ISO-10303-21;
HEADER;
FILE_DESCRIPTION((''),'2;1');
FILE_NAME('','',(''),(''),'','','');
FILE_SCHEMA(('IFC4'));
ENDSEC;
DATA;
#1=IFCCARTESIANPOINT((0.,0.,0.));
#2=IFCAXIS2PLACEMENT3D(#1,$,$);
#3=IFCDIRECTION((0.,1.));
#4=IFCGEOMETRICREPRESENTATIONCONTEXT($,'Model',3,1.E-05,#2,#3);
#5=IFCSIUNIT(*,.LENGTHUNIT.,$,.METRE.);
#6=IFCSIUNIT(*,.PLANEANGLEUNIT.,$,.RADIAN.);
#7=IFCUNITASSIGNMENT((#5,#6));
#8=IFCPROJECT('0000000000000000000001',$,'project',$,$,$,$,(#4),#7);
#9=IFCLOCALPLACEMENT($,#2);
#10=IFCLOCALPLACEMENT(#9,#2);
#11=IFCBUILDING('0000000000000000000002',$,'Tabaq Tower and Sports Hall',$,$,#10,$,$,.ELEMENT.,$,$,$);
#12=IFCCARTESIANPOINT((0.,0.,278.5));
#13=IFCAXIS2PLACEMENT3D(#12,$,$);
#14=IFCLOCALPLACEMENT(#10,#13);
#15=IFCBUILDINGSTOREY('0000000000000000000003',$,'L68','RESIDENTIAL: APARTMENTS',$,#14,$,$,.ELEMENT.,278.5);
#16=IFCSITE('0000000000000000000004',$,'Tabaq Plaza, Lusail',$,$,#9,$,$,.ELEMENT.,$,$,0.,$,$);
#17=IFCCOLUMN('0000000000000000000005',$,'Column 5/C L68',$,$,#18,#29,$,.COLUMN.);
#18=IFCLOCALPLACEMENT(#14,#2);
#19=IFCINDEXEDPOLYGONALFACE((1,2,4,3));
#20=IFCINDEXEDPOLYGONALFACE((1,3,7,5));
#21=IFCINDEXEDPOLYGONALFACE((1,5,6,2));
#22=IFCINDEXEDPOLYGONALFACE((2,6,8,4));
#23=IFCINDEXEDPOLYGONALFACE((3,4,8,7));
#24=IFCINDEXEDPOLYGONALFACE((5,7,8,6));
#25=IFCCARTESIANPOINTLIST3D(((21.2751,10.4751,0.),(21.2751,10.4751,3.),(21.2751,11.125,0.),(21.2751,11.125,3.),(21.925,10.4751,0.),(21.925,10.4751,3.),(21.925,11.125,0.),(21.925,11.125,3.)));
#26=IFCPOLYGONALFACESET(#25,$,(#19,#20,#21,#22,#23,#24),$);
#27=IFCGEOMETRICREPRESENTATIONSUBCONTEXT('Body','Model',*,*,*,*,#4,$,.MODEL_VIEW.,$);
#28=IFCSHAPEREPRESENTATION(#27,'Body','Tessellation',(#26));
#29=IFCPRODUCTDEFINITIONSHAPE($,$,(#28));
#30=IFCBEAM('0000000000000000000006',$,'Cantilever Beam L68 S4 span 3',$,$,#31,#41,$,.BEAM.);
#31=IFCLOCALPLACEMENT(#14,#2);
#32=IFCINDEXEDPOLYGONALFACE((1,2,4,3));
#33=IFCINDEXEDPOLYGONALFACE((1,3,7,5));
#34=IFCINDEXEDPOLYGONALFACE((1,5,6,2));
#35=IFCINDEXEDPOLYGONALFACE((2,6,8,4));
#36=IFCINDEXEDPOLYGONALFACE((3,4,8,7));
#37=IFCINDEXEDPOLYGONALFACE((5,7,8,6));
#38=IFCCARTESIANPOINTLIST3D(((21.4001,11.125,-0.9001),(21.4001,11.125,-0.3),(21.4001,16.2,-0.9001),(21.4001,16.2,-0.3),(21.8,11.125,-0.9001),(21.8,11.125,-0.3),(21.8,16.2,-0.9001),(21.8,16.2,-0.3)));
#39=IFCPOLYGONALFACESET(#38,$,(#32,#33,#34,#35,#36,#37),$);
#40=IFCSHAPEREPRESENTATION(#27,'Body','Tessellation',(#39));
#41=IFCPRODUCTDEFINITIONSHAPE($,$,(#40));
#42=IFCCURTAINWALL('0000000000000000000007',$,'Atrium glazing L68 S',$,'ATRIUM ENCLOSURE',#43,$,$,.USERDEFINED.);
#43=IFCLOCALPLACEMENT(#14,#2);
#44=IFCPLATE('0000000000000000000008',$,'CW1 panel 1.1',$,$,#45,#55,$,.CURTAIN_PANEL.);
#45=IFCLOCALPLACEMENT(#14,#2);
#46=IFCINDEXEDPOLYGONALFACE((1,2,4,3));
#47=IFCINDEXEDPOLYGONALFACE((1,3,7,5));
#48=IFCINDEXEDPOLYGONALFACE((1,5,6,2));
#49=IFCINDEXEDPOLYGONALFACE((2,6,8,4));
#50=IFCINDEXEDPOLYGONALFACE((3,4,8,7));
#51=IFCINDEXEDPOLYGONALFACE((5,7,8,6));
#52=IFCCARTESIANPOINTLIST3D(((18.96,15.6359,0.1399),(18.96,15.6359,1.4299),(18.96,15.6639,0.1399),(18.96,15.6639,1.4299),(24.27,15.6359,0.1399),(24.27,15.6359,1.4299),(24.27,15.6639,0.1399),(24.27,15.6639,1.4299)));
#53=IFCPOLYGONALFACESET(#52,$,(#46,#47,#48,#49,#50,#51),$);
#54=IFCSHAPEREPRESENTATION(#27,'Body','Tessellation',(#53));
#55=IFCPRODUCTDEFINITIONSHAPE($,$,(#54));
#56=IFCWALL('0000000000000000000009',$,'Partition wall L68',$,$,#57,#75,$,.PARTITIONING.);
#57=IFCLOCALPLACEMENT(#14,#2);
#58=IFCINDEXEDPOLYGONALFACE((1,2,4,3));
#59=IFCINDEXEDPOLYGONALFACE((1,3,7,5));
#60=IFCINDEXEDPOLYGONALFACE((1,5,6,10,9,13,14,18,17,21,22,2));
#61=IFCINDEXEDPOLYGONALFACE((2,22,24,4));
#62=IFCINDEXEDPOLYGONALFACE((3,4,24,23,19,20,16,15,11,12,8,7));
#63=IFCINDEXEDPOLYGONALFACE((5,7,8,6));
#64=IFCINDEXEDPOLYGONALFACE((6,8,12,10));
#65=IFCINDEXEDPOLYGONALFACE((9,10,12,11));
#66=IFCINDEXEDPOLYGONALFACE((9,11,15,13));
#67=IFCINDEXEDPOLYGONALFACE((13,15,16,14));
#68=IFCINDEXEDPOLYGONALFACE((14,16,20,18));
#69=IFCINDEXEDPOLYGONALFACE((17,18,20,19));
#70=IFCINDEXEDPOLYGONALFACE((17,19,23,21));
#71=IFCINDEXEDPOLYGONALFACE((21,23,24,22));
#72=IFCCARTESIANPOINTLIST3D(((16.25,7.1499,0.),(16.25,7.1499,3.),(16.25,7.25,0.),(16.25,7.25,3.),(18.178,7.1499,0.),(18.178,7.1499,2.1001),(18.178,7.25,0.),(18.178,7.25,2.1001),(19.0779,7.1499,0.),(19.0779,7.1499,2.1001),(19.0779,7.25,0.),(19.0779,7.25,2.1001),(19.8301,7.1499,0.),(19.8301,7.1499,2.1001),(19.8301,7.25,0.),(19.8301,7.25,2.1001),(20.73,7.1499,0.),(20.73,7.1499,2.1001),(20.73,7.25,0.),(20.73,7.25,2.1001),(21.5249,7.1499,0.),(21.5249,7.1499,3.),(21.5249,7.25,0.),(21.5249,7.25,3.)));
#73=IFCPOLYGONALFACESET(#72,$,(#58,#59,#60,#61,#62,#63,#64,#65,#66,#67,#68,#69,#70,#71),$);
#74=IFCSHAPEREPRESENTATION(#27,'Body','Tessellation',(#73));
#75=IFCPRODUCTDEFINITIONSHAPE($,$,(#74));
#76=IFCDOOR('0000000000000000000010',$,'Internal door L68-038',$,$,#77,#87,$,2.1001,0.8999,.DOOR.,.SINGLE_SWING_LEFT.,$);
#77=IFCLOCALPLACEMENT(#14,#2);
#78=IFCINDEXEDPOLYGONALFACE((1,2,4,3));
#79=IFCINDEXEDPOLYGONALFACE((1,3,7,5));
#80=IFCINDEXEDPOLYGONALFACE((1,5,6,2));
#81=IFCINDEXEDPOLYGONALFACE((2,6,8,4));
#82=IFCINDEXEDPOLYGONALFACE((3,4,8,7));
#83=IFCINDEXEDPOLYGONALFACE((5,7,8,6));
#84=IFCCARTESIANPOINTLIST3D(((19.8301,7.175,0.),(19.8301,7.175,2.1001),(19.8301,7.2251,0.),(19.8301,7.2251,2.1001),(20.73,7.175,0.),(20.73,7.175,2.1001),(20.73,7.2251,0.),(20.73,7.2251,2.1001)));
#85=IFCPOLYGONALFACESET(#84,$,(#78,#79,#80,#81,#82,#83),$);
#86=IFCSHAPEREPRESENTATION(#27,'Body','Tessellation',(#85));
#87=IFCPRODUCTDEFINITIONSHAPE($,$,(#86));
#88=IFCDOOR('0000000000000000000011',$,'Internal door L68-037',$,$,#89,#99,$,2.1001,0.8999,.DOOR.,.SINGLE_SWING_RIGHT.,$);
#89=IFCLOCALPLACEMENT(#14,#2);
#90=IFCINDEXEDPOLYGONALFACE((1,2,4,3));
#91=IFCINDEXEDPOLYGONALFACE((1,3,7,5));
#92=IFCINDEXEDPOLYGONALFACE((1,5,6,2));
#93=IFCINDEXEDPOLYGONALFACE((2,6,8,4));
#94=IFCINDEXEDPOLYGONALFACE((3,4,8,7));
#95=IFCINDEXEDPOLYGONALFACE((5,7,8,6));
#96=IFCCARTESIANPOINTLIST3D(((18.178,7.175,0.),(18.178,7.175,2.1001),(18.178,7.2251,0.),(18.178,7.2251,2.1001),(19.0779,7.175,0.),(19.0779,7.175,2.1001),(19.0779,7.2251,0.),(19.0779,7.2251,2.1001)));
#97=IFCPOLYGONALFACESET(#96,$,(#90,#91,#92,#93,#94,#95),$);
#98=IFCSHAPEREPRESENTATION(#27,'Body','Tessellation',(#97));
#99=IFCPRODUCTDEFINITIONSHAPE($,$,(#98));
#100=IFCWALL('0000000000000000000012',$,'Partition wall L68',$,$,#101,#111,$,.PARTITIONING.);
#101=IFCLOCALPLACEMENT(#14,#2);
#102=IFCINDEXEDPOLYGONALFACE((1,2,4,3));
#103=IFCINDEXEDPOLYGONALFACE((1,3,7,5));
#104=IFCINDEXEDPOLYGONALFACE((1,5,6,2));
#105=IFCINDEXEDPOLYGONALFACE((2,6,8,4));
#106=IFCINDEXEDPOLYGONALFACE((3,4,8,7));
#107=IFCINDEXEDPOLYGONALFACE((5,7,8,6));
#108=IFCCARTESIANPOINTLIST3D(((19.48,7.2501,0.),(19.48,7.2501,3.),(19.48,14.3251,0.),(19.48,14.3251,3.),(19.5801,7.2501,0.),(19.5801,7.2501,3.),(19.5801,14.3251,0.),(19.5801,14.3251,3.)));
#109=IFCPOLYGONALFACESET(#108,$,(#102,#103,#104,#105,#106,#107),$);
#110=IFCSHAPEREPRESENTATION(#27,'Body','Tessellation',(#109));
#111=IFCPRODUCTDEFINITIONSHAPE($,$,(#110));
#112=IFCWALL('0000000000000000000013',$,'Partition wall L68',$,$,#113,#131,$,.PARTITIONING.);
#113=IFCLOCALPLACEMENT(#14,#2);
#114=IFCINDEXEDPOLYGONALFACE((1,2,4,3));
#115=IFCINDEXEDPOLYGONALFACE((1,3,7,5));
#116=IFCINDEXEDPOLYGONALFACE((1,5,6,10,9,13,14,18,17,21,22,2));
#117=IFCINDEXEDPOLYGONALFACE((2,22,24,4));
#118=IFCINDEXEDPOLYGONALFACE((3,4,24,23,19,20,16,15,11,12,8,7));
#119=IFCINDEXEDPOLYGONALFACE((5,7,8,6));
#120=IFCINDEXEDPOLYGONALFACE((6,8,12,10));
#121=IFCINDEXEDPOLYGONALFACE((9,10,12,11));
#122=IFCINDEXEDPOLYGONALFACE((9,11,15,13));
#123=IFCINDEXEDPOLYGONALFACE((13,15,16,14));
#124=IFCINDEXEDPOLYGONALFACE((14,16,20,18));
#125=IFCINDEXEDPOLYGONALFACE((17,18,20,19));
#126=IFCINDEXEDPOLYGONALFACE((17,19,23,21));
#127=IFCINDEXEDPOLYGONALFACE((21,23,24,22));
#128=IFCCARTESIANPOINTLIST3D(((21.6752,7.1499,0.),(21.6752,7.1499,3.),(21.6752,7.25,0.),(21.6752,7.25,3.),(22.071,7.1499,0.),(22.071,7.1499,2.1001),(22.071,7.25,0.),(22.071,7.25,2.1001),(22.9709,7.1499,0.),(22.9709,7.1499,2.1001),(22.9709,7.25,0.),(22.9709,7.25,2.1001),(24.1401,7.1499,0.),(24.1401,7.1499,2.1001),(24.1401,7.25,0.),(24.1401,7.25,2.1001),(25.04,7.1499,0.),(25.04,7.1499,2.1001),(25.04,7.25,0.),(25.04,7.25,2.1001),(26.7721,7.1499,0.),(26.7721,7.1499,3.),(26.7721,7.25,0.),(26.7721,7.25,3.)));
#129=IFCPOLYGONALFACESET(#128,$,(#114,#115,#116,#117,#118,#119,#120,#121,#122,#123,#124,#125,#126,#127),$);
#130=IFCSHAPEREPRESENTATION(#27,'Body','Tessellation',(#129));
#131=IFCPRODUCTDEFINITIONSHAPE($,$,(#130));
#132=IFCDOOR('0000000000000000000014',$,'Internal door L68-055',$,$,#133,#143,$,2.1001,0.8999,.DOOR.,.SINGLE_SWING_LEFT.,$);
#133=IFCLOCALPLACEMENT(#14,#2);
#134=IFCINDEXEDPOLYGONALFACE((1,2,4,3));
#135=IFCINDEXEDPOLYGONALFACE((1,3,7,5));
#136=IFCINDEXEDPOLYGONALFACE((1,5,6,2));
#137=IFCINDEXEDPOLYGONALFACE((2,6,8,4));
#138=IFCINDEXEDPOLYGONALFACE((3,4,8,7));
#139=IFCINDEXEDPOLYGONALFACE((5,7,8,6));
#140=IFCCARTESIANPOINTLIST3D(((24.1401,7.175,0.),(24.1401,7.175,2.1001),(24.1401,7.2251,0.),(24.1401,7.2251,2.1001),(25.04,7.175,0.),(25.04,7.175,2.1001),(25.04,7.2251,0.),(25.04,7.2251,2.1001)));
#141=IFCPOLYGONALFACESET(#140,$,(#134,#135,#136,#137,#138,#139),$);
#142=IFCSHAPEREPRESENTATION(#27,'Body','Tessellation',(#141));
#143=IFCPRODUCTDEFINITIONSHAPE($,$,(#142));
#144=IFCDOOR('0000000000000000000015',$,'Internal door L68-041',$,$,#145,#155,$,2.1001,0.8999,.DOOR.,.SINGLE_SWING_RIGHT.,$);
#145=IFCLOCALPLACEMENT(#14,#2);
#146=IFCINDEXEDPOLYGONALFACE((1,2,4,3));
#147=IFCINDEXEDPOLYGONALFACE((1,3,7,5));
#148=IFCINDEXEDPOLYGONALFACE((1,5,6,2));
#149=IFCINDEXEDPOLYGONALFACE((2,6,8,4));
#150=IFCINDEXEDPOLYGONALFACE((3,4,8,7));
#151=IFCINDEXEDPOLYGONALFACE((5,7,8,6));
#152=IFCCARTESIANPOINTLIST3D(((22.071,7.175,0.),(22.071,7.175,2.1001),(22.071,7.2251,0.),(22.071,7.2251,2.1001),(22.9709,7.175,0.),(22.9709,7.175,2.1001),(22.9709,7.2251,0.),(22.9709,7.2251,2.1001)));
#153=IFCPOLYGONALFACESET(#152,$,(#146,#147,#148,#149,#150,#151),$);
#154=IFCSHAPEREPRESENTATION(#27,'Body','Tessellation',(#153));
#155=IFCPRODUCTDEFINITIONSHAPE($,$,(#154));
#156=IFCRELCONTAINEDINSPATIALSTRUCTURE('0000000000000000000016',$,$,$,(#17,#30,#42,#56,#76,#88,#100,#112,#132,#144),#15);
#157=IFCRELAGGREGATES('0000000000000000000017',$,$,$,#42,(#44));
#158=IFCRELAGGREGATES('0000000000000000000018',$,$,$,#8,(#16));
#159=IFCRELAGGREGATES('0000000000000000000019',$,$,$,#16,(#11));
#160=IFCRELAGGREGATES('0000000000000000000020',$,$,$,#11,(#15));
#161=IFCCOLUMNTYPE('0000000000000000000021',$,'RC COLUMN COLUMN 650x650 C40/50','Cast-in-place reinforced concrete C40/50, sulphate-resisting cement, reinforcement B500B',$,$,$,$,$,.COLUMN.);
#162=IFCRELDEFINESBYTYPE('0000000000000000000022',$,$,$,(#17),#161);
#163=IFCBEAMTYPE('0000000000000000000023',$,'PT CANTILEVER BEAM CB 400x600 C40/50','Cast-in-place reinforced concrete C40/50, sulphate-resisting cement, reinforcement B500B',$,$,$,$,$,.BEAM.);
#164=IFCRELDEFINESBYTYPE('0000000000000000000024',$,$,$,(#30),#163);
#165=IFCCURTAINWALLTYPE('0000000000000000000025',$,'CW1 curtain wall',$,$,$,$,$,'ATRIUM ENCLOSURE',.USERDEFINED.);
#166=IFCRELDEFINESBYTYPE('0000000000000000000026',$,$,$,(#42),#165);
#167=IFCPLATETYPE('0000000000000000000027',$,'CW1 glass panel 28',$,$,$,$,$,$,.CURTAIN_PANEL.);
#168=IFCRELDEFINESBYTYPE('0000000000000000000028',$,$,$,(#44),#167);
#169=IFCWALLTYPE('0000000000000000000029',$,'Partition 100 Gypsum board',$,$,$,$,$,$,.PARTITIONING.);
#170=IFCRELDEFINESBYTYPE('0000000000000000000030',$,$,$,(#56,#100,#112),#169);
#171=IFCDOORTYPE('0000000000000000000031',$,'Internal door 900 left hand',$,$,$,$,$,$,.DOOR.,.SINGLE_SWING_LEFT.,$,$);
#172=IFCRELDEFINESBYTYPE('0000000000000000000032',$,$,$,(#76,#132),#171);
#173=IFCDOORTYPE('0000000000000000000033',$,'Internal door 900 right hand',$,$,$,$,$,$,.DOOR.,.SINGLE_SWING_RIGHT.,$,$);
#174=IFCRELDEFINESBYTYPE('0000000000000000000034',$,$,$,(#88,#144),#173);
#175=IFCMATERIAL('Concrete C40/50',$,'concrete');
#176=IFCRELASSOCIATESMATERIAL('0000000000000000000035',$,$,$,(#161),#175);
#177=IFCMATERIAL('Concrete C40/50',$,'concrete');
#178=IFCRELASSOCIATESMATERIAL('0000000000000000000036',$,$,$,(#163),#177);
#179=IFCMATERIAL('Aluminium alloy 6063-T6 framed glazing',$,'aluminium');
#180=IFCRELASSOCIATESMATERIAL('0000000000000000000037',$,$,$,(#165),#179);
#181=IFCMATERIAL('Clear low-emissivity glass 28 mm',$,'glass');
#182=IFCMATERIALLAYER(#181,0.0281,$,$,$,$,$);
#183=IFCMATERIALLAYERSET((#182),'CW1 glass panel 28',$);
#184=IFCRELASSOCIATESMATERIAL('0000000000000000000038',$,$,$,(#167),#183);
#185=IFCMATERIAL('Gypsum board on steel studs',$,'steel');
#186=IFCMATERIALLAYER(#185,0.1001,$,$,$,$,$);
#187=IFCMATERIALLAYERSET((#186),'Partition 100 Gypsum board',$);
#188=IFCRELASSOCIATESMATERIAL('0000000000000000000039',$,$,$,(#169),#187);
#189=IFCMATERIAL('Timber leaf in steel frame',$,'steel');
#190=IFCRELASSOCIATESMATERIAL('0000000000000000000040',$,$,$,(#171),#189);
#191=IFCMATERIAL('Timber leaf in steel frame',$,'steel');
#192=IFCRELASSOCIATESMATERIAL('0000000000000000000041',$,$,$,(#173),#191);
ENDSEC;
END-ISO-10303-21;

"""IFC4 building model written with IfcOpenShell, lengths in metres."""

from ifc_helpers import new_model, si_unit, direction, frame, frame_2d, origin, origin_2d, place, context, subcontext, project, spatial, rectangle, extrude, material, layer, layer_set, material_profile, profile_set, type_object, element, fill, aggregate, save


model = new_model("IFC4")

# Units and contexts
model_context = context("Model", 3, precision=1e-05, world=origin(), true_north=direction((0.0, 1.0)))
body_context = subcontext(model_context, "Body", "Model", "MODEL_VIEW")
ifc_project = project(units=[si_unit("LENGTHUNIT", "METRE"), si_unit("PLANEANGLEUNIT", "RADIAN")], contexts=[model_context])

# Site, building, storey
site_placement = place(None, origin())
site = spatial("IfcSite", under=ifc_project, at=site_placement, Name="Tabaq Plaza, Lusail", CompositionType="ELEMENT", RefElevation=0.0)
building_placement = place(site_placement, origin())
building = spatial("IfcBuilding", under=site, at=building_placement, Name="Tabaq Tower and Sports Hall", CompositionType="ELEMENT")
storey_placement = place(building_placement, frame((0.0, 0.0, 278.5)))
storey = spatial("IfcBuildingStorey", under=building, at=storey_placement, Name="L68", Description="RESIDENTIAL: APARTMENTS", CompositionType="ELEMENT", Elevation=278.5)

# Column
ifc_material_1 = material(Name="Concrete C40/50", Category="concrete")
ifc_material_profile_1 = material_profile(ifc_material_1, rectangle(XDim=0.6499, YDim=0.6499, at=origin_2d()), Name="COLUMN 650x650")
ifc_profile_set_1 = profile_set([ifc_material_profile_1], Name="Concrete C40/50")
column_type = type_object("IfcColumnType", Name="RC COLUMN COLUMN 650x650 C40/50", Description="Cast-in-place reinforced concrete C40/50, sulphate-resisting cement, reinforcement B500B", PredefinedType="COLUMN", material=ifc_profile_set_1)
column_placement = place(storey_placement, frame((21.6001, 10.8, 0.0), z_axis=(0.0, 0.0, 1.0), x_axis=(1.0, 0.0, 0.0)))
element("IfcColumn", 1, at=column_placement, inside=storey, type_object=column_type, Name="Column 5/C L68", PredefinedType="COLUMN", context=body_context, shape_type="SweptSolid", body=[
    extrude(rectangle(XDim=0.6499, YDim=0.6499, at=origin_2d()), origin(), (0.0, 0.0, 1.0), 3.0),
])

# Beam
ifc_material_2 = material(Name="Concrete C40/50", Category="concrete")
ifc_material_profile_2 = material_profile(ifc_material_2, rectangle(XDim=0.3999, YDim=0.6001, at=origin_2d()), Name="CB 400x600")
ifc_profile_set_2 = profile_set([ifc_material_profile_2], Name="Concrete C40/50")
beam_type = type_object("IfcBeamType", Name="PT CANTILEVER BEAM CB 400x600 C40/50", Description="Cast-in-place reinforced concrete C40/50, sulphate-resisting cement, reinforcement B500B", PredefinedType="BEAM", material=ifc_profile_set_2)
beam_placement = place(storey_placement, frame((21.6001, 11.125, -0.6001), z_axis=(0.0, 1.0, 0.0), x_axis=(-1.0, 0.0, 0.0)))
element("IfcBeam", 2, at=beam_placement, inside=storey, type_object=beam_type, Name="Cantilever Beam L68 S4 span 3", PredefinedType="BEAM", context=body_context, shape_type="SweptSolid", body=[
    extrude(rectangle(XDim=0.3999, YDim=0.6001, at=origin_2d()), origin(), (0.0, 0.0, 1.0), 5.075),
])

# Curtain wall, plate
ifc_material_3 = material(Name="Aluminium alloy 6063-T6 framed glazing", Category="aluminium")
curtain_wall_type = type_object("IfcCurtainWallType", Name="CW1 curtain wall", ElementType="ATRIUM ENCLOSURE", PredefinedType="USERDEFINED", material=ifc_material_3)
curtain_wall_placement = place(storey_placement, origin())
curtain_wall = element("IfcCurtainWall", 3, at=curtain_wall_placement, inside=storey, type_object=curtain_wall_type, Name="Atrium glazing L68 S", ObjectType="ATRIUM ENCLOSURE", PredefinedType="USERDEFINED")
ifc_material_4 = material(Name="Clear low-emissivity glass 28 mm", Category="glass")
ifc_layer_1 = layer(ifc_material_4, 0.0281)
ifc_layer_set_1 = layer_set([ifc_layer_1], Name="CW1 glass panel 28")
plate_type = type_object("IfcPlateType", Name="CW1 glass panel 28", PredefinedType="CURTAIN_PANEL", material=ifc_layer_set_1)
plate_placement = place(storey_placement, frame((21.615, 15.6499, 0.1399), z_axis=(0.0, 0.0, 1.0), x_axis=(1.0, 0.0, 0.0)))
plate = element("IfcPlate", 4, at=plate_placement, type_object=plate_type, Name="CW1 panel 1.1", PredefinedType="CURTAIN_PANEL", context=body_context, shape_type="SweptSolid", body=[
    extrude(rectangle(XDim=5.3101, YDim=0.0281, at=origin_2d()), origin(), (0.0, 0.0, 1.0), 1.29),
])
aggregate(curtain_wall, [plate])

# Wall, openings, doors
ifc_material_5 = material(Name="Gypsum board on steel studs", Category="steel")
ifc_layer_2 = layer(ifc_material_5, 0.1001)
ifc_layer_set_2 = layer_set([ifc_layer_2], Name="Partition 100 Gypsum board")
wall_type_1 = type_object("IfcWallType", Name="Partition 100 Gypsum board", PredefinedType="PARTITIONING", material=ifc_layer_set_2)
wall_1_placement = place(storey_placement, frame((21.5249, 7.2, 0.0), z_axis=(0.0, 0.0, 1.0), x_axis=(-1.0, 0.0, 0.0)))
wall_1 = element("IfcWall", 5, at=wall_1_placement, inside=storey, type_object=wall_type_1, Name="Partition wall L68", PredefinedType="PARTITIONING", context=body_context, shape_type="SweptSolid", body=[
    extrude(rectangle(XDim=5.2749, YDim=0.1001, at=frame_2d((2.6375, 0.0))), origin(), (0.0, 0.0, 1.0), 3.0),
])
opening_1_placement = place(wall_1_placement, frame((2.447, 0.0, 0.0)))
opening_1 = element("IfcOpeningElement", 6, at=opening_1_placement, cuts=wall_1, PredefinedType="OPENING", context=body_context, shape_type="SweptSolid", body=[
    extrude(rectangle(XDim=0.8999, YDim=2.1001, at=frame_2d((0.45, 1.05))), frame((0.0, 0.05, 0.0), z_axis=(0.0, -1.0, 0.0), x_axis=(1.0, 0.0, 0.0)), (0.0, 0.0, 1.0), 0.1001),
])
opening_2_placement = place(wall_1_placement, frame((0.7949, 0.0, 0.0)))
opening_2 = element("IfcOpeningElement", 7, at=opening_2_placement, cuts=wall_1, PredefinedType="OPENING", context=body_context, shape_type="SweptSolid", body=[
    extrude(rectangle(XDim=0.8999, YDim=2.1001, at=frame_2d((0.45, 1.05))), frame((0.0, 0.05, 0.0), z_axis=(0.0, -1.0, 0.0), x_axis=(1.0, 0.0, 0.0)), (0.0, 0.0, 1.0), 0.1001),
])
ifc_material_6 = material(Name="Timber leaf in steel frame", Category="steel")
door_type_1 = type_object("IfcDoorType", Name="Internal door 900 left hand", OperationType="SINGLE_SWING_LEFT", PredefinedType="DOOR", material=ifc_material_6)
door_1_placement = place(opening_2_placement, origin())
door_1 = element("IfcDoor", 8, at=door_1_placement, inside=storey, type_object=door_type_1, Name="Internal door L68-038", OperationType="SINGLE_SWING_LEFT", OverallHeight=2.1001, OverallWidth=0.8999, PredefinedType="DOOR", context=body_context, shape_type="SweptSolid", body=[
    extrude(rectangle(XDim=0.8999, YDim=2.1001, at=frame_2d((0.45, 1.05))), frame((0.0, 0.0249, 0.0), z_axis=(0.0, -1.0, 0.0), x_axis=(1.0, 0.0, 0.0)), (0.0, 0.0, 1.0), 0.05),
])
fill(opening_2, door_1)
ifc_material_7 = material(Name="Timber leaf in steel frame", Category="steel")
door_type_2 = type_object("IfcDoorType", Name="Internal door 900 right hand", OperationType="SINGLE_SWING_RIGHT", PredefinedType="DOOR", material=ifc_material_7)
door_2_placement = place(opening_1_placement, origin())
door_2 = element("IfcDoor", 9, at=door_2_placement, inside=storey, type_object=door_type_2, Name="Internal door L68-037", OperationType="SINGLE_SWING_RIGHT", OverallHeight=2.1001, OverallWidth=0.8999, PredefinedType="DOOR", context=body_context, shape_type="SweptSolid", body=[
    extrude(rectangle(XDim=0.8999, YDim=2.1001, at=frame_2d((0.45, 1.05))), frame((0.0, 0.0249, 0.0), z_axis=(0.0, -1.0, 0.0), x_axis=(1.0, 0.0, 0.0)), (0.0, 0.0, 1.0), 0.05),
])
fill(opening_1, door_2)

# Wall
wall_2_placement = place(storey_placement, frame((19.53, 7.25, 0.0), z_axis=(0.0, 0.0, 1.0), x_axis=(0.0, 1.0, 0.0)))
element("IfcWall", 10, at=wall_2_placement, inside=storey, type_object=wall_type_1, Name="Partition wall L68", PredefinedType="PARTITIONING", context=body_context, shape_type="SweptSolid", body=[
    extrude(rectangle(XDim=7.075, YDim=0.1001, at=frame_2d((3.5376, 0.0))), origin(), (0.0, 0.0, 1.0), 3.0),
])

# Wall, openings, doors
wall_3_placement = place(storey_placement, frame((26.772, 7.2, 0.0), z_axis=(0.0, 0.0, 1.0), x_axis=(-1.0, 0.0, 0.0)))
wall_3 = element("IfcWall", 11, at=wall_3_placement, inside=storey, type_object=wall_type_1, Name="Partition wall L68", PredefinedType="PARTITIONING", context=body_context, shape_type="SweptSolid", body=[
    extrude(rectangle(XDim=5.0969, YDim=0.1001, at=frame_2d((2.5483, 0.0))), origin(), (0.0, 0.0, 1.0), 3.0),
])
opening_3_placement = place(wall_3_placement, frame((3.801, 0.0, 0.0)))
opening_3 = element("IfcOpeningElement", 12, at=opening_3_placement, cuts=wall_3, PredefinedType="OPENING", context=body_context, shape_type="SweptSolid", body=[
    extrude(rectangle(XDim=0.8999, YDim=2.1001, at=frame_2d((0.45, 1.05))), frame((0.0, 0.05, 0.0), z_axis=(0.0, -1.0, 0.0), x_axis=(1.0, 0.0, 0.0)), (0.0, 0.0, 1.0), 0.1001),
])
opening_4_placement = place(wall_3_placement, frame((1.7319, 0.0, 0.0)))
opening_4 = element("IfcOpeningElement", 13, at=opening_4_placement, cuts=wall_3, PredefinedType="OPENING", context=body_context, shape_type="SweptSolid", body=[
    extrude(rectangle(XDim=0.8999, YDim=2.1001, at=frame_2d((0.45, 1.05))), frame((0.0, 0.05, 0.0), z_axis=(0.0, -1.0, 0.0), x_axis=(1.0, 0.0, 0.0)), (0.0, 0.0, 1.0), 0.1001),
])
door_3_placement = place(opening_4_placement, origin())
door_3 = element("IfcDoor", 14, at=door_3_placement, inside=storey, type_object=door_type_1, Name="Internal door L68-055", OperationType="SINGLE_SWING_LEFT", OverallHeight=2.1001, OverallWidth=0.8999, PredefinedType="DOOR", context=body_context, shape_type="SweptSolid", body=[
    extrude(rectangle(XDim=0.8999, YDim=2.1001, at=frame_2d((0.45, 1.05))), frame((0.0, 0.0249, 0.0), z_axis=(0.0, -1.0, 0.0), x_axis=(1.0, 0.0, 0.0)), (0.0, 0.0, 1.0), 0.05),
])
fill(opening_4, door_3)
door_4_placement = place(opening_3_placement, origin())
door_4 = element("IfcDoor", 15, at=door_4_placement, inside=storey, type_object=door_type_2, Name="Internal door L68-041", OperationType="SINGLE_SWING_RIGHT", OverallHeight=2.1001, OverallWidth=0.8999, PredefinedType="DOOR", context=body_context, shape_type="SweptSolid", body=[
    extrude(rectangle(XDim=0.8999, YDim=2.1001, at=frame_2d((0.45, 1.05))), frame((0.0, 0.0249, 0.0), z_axis=(0.0, -1.0, 0.0), x_axis=(1.0, 0.0, 0.0)), (0.0, 0.0, 1.0), 0.05),
])
fill(opening_3, door_4)

save(model, "model.ifc")
